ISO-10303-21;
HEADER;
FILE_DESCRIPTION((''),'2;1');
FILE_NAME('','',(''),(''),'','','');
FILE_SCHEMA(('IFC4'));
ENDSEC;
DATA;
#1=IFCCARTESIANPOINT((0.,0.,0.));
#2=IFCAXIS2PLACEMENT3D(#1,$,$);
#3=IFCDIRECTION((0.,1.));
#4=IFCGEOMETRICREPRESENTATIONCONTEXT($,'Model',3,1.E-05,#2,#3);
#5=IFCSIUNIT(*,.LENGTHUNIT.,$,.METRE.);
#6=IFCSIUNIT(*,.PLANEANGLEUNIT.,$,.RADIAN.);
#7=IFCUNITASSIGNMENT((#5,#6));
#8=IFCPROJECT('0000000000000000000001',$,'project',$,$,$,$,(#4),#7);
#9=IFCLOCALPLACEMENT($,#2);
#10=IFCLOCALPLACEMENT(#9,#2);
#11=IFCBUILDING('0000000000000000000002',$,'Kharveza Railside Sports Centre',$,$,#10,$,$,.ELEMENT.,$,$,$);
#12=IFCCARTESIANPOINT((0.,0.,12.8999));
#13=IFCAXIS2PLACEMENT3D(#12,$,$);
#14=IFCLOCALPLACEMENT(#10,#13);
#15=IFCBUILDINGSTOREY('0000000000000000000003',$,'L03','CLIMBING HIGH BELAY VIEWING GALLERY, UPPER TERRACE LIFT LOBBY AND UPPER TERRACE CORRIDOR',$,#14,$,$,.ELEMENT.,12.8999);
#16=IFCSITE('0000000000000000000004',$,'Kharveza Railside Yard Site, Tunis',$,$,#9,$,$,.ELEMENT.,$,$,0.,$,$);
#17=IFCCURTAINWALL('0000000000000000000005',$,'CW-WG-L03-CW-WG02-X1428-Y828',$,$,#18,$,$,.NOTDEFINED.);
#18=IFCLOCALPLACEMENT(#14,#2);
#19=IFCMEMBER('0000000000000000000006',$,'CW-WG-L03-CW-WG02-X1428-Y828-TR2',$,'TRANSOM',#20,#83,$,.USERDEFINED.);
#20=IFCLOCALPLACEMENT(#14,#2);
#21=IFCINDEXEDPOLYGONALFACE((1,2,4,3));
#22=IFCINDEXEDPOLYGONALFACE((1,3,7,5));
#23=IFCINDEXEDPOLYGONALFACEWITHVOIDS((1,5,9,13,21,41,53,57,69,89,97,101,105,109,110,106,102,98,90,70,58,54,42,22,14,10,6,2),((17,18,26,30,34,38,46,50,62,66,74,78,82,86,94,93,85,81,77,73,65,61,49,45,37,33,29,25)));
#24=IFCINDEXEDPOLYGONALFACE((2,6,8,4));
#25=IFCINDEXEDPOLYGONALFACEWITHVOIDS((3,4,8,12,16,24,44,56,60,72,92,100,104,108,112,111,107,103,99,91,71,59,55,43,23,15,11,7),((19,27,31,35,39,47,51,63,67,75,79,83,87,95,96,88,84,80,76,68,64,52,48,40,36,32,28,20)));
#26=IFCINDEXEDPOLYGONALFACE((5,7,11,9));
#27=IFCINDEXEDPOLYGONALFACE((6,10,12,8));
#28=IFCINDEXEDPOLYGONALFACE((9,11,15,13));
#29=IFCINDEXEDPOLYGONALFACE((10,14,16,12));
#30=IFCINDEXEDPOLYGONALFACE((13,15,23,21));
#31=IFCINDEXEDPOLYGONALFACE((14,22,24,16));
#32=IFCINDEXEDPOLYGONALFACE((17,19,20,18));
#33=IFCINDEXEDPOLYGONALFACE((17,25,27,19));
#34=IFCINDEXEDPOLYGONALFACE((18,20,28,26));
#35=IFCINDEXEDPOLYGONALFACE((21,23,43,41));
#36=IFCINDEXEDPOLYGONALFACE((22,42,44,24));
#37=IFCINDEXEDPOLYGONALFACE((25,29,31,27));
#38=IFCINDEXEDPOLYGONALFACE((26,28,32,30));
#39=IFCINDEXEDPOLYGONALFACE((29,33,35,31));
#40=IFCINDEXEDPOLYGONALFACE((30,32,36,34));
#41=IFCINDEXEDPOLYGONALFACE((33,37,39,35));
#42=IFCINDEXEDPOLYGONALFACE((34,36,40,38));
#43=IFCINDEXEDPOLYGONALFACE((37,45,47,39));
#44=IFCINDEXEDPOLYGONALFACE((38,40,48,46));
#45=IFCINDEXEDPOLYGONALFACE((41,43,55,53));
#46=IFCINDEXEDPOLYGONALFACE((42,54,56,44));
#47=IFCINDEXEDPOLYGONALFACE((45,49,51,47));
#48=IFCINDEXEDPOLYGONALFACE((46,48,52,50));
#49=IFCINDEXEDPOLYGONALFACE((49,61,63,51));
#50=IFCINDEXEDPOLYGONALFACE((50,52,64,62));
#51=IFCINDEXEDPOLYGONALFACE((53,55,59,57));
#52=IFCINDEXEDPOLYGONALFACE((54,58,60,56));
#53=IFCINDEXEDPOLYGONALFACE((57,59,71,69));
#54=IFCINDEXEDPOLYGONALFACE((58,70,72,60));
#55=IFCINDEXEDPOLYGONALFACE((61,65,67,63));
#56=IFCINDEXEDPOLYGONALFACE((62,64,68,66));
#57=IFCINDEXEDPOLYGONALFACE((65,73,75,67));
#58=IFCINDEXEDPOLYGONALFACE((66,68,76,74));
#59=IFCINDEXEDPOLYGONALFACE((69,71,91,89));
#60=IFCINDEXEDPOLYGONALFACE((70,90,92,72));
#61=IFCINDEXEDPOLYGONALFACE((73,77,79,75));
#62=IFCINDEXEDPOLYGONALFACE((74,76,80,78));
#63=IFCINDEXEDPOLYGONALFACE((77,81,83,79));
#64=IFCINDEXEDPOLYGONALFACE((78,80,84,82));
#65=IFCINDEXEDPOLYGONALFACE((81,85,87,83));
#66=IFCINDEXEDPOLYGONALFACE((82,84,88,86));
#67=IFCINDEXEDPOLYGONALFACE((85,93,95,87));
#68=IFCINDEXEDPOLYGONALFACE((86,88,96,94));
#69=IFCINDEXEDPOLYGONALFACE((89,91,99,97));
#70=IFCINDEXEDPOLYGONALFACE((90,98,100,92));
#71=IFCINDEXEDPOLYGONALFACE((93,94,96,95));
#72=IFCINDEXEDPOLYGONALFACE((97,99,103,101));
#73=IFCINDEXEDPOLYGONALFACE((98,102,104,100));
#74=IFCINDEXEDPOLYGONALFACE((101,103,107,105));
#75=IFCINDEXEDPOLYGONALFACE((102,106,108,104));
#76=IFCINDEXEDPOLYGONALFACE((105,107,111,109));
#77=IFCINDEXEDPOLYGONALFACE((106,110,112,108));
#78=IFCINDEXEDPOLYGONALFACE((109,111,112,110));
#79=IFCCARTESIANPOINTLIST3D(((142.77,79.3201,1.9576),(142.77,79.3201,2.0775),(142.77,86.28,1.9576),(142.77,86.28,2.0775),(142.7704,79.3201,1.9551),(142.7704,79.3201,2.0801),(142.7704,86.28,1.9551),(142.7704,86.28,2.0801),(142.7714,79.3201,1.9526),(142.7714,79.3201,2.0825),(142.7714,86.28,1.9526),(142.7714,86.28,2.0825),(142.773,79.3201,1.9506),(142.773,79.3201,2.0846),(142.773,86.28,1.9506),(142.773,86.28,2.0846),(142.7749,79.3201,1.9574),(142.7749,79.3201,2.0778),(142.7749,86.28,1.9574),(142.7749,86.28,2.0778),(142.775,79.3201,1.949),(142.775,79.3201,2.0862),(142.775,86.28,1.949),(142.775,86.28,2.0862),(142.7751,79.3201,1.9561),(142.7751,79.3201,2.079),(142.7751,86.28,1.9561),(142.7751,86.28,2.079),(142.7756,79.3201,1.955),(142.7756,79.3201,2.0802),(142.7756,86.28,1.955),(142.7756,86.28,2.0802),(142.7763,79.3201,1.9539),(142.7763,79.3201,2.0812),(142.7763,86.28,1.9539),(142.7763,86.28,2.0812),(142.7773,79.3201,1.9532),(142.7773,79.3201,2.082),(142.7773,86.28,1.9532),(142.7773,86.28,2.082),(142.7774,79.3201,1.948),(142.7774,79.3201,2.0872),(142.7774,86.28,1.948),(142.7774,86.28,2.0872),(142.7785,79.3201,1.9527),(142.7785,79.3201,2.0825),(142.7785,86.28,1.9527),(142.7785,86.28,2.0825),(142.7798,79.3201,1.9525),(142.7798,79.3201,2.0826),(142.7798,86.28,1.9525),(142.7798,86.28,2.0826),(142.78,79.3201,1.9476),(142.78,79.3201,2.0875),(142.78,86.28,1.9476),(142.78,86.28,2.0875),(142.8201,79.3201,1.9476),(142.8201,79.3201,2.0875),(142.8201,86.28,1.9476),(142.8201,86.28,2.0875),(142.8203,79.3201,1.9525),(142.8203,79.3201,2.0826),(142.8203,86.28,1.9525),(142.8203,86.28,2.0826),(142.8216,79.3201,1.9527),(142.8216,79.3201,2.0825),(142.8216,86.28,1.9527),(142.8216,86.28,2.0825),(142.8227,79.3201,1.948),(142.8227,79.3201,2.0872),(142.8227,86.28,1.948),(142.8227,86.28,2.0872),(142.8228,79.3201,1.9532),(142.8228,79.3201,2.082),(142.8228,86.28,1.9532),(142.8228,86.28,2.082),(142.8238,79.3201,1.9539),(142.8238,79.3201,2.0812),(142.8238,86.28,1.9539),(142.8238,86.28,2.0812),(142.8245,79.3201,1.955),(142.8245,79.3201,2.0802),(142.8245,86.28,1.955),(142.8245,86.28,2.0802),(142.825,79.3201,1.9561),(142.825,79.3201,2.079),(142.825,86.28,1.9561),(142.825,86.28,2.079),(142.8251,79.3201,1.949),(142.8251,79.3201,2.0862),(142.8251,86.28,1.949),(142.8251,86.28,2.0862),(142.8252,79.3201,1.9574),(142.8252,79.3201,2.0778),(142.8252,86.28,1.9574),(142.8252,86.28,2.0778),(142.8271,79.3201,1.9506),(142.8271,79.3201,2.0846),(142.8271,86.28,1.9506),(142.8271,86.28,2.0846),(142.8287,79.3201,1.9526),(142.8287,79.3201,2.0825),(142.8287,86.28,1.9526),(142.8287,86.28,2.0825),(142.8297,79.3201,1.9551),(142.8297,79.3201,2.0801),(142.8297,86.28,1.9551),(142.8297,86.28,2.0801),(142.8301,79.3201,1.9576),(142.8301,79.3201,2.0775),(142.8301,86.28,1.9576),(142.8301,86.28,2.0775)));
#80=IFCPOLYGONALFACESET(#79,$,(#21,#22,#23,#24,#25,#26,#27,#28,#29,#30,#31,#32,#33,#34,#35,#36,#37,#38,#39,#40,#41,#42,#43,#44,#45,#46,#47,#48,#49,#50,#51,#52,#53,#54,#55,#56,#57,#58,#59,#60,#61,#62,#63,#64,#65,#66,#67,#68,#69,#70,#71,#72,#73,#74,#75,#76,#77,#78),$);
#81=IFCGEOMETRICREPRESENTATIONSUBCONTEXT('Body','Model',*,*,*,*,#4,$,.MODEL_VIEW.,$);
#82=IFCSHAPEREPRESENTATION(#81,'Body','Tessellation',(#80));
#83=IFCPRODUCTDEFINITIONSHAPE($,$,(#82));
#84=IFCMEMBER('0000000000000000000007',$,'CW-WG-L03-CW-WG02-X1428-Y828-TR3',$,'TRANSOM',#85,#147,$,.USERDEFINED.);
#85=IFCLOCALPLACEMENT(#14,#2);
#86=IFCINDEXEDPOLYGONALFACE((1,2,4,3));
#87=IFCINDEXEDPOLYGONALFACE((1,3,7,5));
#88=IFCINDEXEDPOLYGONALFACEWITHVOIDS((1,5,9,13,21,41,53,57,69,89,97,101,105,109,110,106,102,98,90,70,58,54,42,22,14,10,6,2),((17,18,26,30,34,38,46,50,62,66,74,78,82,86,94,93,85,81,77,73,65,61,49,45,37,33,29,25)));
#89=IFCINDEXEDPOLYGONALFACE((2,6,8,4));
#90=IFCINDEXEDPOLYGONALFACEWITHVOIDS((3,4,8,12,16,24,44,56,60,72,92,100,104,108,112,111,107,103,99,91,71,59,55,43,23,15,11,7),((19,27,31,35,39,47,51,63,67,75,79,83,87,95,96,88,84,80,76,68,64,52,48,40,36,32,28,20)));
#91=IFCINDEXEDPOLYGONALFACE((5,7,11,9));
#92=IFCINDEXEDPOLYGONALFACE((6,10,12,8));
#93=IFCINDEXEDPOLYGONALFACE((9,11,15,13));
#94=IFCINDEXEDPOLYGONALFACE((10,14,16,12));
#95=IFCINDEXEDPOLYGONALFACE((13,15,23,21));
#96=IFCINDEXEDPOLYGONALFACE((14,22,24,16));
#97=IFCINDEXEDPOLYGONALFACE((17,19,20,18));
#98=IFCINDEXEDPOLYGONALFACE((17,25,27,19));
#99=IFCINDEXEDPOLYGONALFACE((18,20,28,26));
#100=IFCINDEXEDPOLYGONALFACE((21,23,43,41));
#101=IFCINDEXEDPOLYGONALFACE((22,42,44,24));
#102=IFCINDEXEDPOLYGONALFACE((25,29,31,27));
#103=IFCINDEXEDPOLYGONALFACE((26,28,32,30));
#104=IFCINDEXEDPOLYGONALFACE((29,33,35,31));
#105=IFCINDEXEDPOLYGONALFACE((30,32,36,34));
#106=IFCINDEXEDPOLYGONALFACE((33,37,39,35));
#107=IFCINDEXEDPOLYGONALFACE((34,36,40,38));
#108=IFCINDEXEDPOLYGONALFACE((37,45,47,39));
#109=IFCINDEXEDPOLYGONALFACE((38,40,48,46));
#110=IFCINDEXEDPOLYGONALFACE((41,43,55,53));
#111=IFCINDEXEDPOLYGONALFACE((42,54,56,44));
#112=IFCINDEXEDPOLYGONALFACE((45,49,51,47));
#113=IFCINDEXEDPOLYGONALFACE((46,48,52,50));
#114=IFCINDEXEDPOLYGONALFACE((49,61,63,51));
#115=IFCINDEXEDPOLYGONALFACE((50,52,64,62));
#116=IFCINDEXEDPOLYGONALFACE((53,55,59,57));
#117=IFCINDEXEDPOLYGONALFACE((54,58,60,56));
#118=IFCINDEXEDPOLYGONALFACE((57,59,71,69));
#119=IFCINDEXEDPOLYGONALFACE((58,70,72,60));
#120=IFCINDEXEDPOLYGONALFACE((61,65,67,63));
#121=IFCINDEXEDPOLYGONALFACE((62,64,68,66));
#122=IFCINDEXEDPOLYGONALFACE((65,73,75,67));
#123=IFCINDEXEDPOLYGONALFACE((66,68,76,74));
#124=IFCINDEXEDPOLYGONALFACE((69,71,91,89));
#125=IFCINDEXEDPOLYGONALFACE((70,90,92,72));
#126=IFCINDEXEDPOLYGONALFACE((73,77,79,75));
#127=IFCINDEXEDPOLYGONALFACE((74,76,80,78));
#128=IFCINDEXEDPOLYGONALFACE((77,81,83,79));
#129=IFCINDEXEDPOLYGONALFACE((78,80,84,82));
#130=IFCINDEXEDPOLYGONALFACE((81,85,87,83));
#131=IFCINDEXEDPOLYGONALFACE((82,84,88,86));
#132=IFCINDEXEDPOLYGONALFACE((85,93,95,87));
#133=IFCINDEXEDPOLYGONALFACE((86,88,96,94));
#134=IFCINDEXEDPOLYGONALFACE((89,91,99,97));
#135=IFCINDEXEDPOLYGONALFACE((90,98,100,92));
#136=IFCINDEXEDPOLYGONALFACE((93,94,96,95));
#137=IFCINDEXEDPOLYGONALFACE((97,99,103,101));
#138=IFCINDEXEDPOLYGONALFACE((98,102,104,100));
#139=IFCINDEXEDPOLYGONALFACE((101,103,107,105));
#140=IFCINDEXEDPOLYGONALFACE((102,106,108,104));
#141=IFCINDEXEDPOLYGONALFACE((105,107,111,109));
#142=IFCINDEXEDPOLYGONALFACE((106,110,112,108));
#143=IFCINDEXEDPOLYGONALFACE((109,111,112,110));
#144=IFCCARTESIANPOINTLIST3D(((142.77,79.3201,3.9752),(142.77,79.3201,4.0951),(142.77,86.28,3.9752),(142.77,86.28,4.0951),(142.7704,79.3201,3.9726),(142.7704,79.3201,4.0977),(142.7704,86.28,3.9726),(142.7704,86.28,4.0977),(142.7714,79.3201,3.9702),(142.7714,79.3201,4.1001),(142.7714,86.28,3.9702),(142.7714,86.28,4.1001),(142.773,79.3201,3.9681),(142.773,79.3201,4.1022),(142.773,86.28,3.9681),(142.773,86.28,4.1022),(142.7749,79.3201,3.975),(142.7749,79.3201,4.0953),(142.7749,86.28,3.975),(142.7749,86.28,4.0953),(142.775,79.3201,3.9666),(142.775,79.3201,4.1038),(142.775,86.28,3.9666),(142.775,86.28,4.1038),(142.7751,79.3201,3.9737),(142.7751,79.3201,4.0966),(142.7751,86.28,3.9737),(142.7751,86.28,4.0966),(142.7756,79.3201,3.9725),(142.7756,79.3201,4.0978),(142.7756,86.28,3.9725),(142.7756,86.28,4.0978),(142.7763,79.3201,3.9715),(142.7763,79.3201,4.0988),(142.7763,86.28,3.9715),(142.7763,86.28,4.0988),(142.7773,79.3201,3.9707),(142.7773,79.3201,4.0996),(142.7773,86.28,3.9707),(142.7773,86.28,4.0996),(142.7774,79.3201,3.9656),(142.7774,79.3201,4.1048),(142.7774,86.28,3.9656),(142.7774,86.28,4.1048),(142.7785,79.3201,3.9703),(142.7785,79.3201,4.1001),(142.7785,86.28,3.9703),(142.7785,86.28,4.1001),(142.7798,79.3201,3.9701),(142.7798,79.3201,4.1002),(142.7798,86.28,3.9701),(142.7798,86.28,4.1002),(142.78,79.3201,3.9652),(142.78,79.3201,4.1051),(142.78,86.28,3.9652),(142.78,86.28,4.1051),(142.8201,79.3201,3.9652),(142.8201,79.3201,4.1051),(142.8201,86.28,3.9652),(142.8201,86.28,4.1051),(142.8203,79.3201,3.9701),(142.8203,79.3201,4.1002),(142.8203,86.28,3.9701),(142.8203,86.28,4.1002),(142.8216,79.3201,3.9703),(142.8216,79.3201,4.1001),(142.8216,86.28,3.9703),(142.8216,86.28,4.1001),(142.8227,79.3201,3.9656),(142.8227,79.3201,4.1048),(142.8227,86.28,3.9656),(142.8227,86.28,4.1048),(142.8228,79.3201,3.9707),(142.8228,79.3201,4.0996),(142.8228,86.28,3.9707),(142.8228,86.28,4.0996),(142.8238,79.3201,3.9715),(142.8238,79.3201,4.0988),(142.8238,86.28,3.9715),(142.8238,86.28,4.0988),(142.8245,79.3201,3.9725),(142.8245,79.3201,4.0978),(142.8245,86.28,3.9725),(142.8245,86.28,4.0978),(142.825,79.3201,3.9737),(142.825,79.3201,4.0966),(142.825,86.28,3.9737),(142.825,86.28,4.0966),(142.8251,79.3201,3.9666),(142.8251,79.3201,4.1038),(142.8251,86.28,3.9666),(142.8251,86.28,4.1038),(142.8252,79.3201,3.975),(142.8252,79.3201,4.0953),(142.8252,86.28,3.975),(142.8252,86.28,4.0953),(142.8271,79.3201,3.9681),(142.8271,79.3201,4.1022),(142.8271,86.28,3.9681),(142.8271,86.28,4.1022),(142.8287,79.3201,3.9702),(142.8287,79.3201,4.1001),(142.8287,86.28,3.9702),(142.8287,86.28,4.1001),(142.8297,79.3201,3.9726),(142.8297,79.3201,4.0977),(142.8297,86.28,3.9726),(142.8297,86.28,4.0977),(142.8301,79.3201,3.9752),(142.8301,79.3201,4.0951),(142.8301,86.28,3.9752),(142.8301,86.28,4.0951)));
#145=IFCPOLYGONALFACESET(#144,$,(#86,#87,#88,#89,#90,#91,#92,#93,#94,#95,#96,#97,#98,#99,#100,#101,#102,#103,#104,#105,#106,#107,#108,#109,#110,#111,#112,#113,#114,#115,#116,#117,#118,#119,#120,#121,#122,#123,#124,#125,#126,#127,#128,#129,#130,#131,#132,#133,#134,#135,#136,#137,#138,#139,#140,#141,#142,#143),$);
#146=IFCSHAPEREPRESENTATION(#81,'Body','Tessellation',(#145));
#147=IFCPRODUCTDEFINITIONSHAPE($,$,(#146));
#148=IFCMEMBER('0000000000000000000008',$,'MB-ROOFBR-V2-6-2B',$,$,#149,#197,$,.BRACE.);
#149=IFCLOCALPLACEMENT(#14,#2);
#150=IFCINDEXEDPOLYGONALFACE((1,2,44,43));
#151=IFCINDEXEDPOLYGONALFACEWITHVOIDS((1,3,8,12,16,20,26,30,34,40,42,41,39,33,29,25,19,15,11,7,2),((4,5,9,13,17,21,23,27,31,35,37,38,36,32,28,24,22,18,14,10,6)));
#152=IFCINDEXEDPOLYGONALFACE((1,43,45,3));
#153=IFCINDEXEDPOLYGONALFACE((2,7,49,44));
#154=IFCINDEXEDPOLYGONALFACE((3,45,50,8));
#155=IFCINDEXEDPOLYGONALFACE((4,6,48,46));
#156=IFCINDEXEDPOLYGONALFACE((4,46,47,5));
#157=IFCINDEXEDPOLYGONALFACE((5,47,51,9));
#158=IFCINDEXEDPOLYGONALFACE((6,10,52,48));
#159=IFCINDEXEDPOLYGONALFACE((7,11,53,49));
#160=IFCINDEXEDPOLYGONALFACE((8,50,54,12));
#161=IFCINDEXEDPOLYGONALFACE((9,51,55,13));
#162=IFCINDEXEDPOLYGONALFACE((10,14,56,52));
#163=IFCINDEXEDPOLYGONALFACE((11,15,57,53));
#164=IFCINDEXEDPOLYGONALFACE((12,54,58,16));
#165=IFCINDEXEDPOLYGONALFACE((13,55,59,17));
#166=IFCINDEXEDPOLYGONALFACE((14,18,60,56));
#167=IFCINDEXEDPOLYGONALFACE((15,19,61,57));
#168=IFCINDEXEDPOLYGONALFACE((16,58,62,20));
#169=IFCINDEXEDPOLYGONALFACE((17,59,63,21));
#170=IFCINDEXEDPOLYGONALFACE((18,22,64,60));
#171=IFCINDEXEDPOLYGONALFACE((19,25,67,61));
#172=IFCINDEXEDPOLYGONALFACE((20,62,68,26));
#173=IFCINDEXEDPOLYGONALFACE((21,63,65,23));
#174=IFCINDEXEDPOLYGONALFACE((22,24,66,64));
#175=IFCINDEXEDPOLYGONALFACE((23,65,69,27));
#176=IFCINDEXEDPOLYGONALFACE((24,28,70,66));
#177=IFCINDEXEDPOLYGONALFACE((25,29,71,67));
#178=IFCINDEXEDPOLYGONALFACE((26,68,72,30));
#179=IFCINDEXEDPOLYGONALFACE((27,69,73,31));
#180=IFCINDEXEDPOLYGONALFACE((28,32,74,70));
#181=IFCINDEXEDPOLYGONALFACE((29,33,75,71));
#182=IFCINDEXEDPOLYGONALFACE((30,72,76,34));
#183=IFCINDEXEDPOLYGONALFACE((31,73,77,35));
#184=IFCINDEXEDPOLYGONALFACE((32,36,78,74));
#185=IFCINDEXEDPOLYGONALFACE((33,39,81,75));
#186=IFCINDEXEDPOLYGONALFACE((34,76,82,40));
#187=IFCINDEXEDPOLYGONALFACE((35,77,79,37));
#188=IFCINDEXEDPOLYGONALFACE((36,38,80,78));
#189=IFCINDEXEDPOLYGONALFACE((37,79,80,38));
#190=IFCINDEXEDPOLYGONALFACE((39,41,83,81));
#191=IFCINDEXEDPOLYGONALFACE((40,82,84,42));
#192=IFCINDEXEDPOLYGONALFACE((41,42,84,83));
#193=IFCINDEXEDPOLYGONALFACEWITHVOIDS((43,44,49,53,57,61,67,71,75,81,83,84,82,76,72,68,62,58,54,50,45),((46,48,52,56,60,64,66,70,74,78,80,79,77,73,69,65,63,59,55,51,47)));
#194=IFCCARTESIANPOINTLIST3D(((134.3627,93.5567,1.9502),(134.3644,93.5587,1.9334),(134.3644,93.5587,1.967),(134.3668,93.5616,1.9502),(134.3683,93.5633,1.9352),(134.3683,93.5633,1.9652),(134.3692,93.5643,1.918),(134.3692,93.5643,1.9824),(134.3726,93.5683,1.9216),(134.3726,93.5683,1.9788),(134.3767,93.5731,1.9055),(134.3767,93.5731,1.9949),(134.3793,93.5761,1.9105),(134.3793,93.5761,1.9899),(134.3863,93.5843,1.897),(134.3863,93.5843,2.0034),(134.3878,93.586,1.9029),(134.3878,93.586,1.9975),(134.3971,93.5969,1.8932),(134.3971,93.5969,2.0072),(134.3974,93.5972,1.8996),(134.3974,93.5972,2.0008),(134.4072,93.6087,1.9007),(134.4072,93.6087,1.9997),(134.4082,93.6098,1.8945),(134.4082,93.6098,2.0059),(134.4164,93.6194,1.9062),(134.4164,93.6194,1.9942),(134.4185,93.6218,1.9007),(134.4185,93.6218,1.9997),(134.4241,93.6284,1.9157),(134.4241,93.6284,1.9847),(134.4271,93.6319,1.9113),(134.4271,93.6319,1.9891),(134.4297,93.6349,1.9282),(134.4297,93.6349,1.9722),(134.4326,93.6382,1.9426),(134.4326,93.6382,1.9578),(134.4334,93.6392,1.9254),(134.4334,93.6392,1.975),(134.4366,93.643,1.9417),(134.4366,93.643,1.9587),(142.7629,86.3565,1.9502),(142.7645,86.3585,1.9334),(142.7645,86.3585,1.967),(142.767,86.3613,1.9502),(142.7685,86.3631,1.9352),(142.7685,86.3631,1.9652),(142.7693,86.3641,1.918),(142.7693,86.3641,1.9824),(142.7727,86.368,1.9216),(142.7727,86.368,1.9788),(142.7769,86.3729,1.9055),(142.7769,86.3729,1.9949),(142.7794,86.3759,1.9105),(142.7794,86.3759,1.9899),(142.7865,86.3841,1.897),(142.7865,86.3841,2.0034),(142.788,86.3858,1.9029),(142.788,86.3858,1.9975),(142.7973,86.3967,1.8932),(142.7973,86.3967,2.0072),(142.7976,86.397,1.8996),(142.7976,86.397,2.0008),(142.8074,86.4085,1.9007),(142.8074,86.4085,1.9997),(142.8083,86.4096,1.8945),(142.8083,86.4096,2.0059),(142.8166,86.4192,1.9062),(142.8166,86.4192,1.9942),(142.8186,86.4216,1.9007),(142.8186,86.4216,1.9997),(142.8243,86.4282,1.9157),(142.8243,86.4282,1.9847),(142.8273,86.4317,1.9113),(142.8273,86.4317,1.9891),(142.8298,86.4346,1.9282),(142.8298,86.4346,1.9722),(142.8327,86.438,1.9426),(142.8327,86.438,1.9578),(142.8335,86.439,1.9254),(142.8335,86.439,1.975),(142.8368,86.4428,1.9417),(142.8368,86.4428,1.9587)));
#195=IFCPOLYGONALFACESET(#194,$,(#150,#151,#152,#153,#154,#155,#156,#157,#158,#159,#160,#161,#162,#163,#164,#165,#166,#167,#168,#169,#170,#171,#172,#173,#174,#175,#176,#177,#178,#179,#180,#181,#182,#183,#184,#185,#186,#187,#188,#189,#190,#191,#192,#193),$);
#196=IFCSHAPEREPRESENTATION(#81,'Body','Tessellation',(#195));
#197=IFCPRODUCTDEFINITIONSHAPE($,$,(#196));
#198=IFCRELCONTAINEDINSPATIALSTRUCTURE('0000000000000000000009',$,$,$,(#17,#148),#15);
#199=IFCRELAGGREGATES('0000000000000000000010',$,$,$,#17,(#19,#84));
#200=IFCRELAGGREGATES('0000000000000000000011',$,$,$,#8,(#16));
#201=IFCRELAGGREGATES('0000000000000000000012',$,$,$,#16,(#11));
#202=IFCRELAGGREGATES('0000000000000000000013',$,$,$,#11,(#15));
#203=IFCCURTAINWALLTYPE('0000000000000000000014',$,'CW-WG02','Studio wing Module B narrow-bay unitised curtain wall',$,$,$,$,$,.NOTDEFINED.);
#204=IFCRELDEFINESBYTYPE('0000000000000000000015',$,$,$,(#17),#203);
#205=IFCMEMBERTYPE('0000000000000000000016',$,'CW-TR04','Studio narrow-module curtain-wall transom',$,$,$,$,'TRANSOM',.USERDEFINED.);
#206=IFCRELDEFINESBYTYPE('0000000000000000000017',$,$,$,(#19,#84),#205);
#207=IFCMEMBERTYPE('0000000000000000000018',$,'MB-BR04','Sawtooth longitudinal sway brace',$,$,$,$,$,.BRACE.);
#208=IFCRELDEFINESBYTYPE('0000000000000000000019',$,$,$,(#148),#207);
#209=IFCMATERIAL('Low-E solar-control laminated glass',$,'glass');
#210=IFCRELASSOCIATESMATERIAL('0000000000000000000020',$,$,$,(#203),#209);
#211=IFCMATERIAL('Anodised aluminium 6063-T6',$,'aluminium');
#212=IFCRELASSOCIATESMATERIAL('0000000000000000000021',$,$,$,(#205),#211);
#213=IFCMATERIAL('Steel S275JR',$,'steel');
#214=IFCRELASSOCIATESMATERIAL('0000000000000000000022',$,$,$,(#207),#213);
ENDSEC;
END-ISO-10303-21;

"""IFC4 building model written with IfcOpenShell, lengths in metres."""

from ifc_helpers import new_model, si_unit, direction, frame, origin, origin_2d, place, context, subcontext, project, spatial, hollow_rectangle, hollow_circle, extrude, material, material_profile, profile_set, type_object, element, aggregate, save


model = new_model("IFC4")

# Units and contexts
model_context = context("Model", 3, precision=1e-05, world=origin(), true_north=direction((0.0, 1.0)))
body_context = subcontext(model_context, "Body", "Model", "MODEL_VIEW")
ifc_project = project(units=[si_unit("LENGTHUNIT", "METRE"), si_unit("PLANEANGLEUNIT", "RADIAN")], contexts=[model_context])

# Site, building, storey
site_placement = place(None, origin())
site = spatial("IfcSite", under=ifc_project, at=site_placement, Name="Kharveza Railside Yard Site, Tunis", CompositionType="ELEMENT", RefElevation=0.0)
building_placement = place(site_placement, origin())
building = spatial("IfcBuilding", under=site, at=building_placement, Name="Kharveza Railside Sports Centre", CompositionType="ELEMENT")
storey_placement = place(building_placement, frame((0.0, 0.0, 12.8999)))
storey = spatial("IfcBuildingStorey", under=building, at=storey_placement, Name="L03", Description="CLIMBING HIGH BELAY VIEWING GALLERY, UPPER TERRACE LIFT LOBBY AND UPPER TERRACE CORRIDOR", CompositionType="ELEMENT", Elevation=12.8999)

# Curtain wall
ifc_material_1 = material(Name="Low-E solar-control laminated glass", Category="glass")
curtain_wall_type_1 = type_object("IfcCurtainWallType", Name="CW-WG02", Description="Studio wing Module B narrow-bay unitised curtain wall", PredefinedType="NOTDEFINED", material=ifc_material_1)
curtain_wall_1_placement = place(storey_placement, origin())
curtain_wall_1 = element("IfcCurtainWall", 1, at=curtain_wall_1_placement, inside=storey, type_object=curtain_wall_type_1, Name="CW-WG-L03-CW-WG02-X1428-Y828", PredefinedType="NOTDEFINED")
ifc_material_2 = material(Name="Anodised aluminium 6063-T6", Category="aluminium")

# Members
ifc_material_profile_1 = material_profile(ifc_material_2, hollow_rectangle(XDim=0.0601, YDim=0.1399, WallThickness=0.0049, InnerFilletRadius=0.0049, OuterFilletRadius=0.01, at=origin_2d()), Name="RHS 60x140x5.0")
ifc_profile_set_1 = profile_set([ifc_material_profile_1], Name="Anodised aluminium 6063-T6")
member_type_1 = type_object("IfcMemberType", Name="CW-TR04", Description="Studio narrow-module curtain-wall transom", ElementType="TRANSOM", PredefinedType="USERDEFINED", material=ifc_profile_set_1)
member_1_placement = place(storey_placement, frame((142.8, 86.28, 2.0176), z_axis=(0.0, -1.0, 0.0), x_axis=(1.0, 0.0, 0.0)))
member_1 = element("IfcMember", 2, at=member_1_placement, type_object=member_type_1, Name="CW-WG-L03-CW-WG02-X1428-Y828-TR2", ObjectType="TRANSOM", PredefinedType="USERDEFINED", context=body_context, shape_type="SweptSolid", body=[
    extrude(hollow_rectangle(XDim=0.0601, YDim=0.1399, WallThickness=0.0049, InnerFilletRadius=0.0049, OuterFilletRadius=0.01, at=origin_2d()), origin(), (0.0, 0.0, 1.0), 6.96),
])
member_2_placement = place(storey_placement, frame((142.8, 86.28, 4.0352), z_axis=(0.0, -1.0, 0.0), x_axis=(1.0, 0.0, 0.0)))
member_2 = element("IfcMember", 3, at=member_2_placement, type_object=member_type_1, Name="CW-WG-L03-CW-WG02-X1428-Y828-TR3", ObjectType="TRANSOM", PredefinedType="USERDEFINED", context=body_context, shape_type="SweptSolid", body=[
    extrude(hollow_rectangle(XDim=0.0601, YDim=0.1399, WallThickness=0.0049, InnerFilletRadius=0.0049, OuterFilletRadius=0.01, at=origin_2d()), origin(), (0.0, 0.0, 1.0), 6.96),
])

# Member
ifc_material_3 = material(Name="Steel S275JR", Category="steel")
ifc_material_profile_2 = material_profile(ifc_material_3, hollow_circle(Radius=0.0571, WallThickness=0.0063, at=origin_2d()), Name="CHS 114.3x6.3")
ifc_profile_set_2 = profile_set([ifc_material_profile_2], Name="Steel S275JR")
member_type_2 = type_object("IfcMemberType", Name="MB-BR04", Description="Sawtooth longitudinal sway brace", PredefinedType="BRACE", material=ifc_profile_set_2)
member_3_placement = place(storey_placement, frame((142.8, 86.3999, 1.9502), z_axis=(-0.759253, 0.650795, 0.0), x_axis=(-0.650795, -0.759253, 0.0)))
element("IfcMember", 4, at=member_3_placement, inside=storey, type_object=member_type_2, Name="MB-ROOFBR-V2-6-2B", PredefinedType="BRACE", context=body_context, shape_type="SweptSolid", body=[
    extrude(hollow_circle(Radius=0.0571, WallThickness=0.0063, at=origin_2d()), origin(), (0.0, 0.0, 1.0), 11.0637),
])

aggregate(curtain_wall_1, [member_1, member_2])

save(model, "model.ifc")
